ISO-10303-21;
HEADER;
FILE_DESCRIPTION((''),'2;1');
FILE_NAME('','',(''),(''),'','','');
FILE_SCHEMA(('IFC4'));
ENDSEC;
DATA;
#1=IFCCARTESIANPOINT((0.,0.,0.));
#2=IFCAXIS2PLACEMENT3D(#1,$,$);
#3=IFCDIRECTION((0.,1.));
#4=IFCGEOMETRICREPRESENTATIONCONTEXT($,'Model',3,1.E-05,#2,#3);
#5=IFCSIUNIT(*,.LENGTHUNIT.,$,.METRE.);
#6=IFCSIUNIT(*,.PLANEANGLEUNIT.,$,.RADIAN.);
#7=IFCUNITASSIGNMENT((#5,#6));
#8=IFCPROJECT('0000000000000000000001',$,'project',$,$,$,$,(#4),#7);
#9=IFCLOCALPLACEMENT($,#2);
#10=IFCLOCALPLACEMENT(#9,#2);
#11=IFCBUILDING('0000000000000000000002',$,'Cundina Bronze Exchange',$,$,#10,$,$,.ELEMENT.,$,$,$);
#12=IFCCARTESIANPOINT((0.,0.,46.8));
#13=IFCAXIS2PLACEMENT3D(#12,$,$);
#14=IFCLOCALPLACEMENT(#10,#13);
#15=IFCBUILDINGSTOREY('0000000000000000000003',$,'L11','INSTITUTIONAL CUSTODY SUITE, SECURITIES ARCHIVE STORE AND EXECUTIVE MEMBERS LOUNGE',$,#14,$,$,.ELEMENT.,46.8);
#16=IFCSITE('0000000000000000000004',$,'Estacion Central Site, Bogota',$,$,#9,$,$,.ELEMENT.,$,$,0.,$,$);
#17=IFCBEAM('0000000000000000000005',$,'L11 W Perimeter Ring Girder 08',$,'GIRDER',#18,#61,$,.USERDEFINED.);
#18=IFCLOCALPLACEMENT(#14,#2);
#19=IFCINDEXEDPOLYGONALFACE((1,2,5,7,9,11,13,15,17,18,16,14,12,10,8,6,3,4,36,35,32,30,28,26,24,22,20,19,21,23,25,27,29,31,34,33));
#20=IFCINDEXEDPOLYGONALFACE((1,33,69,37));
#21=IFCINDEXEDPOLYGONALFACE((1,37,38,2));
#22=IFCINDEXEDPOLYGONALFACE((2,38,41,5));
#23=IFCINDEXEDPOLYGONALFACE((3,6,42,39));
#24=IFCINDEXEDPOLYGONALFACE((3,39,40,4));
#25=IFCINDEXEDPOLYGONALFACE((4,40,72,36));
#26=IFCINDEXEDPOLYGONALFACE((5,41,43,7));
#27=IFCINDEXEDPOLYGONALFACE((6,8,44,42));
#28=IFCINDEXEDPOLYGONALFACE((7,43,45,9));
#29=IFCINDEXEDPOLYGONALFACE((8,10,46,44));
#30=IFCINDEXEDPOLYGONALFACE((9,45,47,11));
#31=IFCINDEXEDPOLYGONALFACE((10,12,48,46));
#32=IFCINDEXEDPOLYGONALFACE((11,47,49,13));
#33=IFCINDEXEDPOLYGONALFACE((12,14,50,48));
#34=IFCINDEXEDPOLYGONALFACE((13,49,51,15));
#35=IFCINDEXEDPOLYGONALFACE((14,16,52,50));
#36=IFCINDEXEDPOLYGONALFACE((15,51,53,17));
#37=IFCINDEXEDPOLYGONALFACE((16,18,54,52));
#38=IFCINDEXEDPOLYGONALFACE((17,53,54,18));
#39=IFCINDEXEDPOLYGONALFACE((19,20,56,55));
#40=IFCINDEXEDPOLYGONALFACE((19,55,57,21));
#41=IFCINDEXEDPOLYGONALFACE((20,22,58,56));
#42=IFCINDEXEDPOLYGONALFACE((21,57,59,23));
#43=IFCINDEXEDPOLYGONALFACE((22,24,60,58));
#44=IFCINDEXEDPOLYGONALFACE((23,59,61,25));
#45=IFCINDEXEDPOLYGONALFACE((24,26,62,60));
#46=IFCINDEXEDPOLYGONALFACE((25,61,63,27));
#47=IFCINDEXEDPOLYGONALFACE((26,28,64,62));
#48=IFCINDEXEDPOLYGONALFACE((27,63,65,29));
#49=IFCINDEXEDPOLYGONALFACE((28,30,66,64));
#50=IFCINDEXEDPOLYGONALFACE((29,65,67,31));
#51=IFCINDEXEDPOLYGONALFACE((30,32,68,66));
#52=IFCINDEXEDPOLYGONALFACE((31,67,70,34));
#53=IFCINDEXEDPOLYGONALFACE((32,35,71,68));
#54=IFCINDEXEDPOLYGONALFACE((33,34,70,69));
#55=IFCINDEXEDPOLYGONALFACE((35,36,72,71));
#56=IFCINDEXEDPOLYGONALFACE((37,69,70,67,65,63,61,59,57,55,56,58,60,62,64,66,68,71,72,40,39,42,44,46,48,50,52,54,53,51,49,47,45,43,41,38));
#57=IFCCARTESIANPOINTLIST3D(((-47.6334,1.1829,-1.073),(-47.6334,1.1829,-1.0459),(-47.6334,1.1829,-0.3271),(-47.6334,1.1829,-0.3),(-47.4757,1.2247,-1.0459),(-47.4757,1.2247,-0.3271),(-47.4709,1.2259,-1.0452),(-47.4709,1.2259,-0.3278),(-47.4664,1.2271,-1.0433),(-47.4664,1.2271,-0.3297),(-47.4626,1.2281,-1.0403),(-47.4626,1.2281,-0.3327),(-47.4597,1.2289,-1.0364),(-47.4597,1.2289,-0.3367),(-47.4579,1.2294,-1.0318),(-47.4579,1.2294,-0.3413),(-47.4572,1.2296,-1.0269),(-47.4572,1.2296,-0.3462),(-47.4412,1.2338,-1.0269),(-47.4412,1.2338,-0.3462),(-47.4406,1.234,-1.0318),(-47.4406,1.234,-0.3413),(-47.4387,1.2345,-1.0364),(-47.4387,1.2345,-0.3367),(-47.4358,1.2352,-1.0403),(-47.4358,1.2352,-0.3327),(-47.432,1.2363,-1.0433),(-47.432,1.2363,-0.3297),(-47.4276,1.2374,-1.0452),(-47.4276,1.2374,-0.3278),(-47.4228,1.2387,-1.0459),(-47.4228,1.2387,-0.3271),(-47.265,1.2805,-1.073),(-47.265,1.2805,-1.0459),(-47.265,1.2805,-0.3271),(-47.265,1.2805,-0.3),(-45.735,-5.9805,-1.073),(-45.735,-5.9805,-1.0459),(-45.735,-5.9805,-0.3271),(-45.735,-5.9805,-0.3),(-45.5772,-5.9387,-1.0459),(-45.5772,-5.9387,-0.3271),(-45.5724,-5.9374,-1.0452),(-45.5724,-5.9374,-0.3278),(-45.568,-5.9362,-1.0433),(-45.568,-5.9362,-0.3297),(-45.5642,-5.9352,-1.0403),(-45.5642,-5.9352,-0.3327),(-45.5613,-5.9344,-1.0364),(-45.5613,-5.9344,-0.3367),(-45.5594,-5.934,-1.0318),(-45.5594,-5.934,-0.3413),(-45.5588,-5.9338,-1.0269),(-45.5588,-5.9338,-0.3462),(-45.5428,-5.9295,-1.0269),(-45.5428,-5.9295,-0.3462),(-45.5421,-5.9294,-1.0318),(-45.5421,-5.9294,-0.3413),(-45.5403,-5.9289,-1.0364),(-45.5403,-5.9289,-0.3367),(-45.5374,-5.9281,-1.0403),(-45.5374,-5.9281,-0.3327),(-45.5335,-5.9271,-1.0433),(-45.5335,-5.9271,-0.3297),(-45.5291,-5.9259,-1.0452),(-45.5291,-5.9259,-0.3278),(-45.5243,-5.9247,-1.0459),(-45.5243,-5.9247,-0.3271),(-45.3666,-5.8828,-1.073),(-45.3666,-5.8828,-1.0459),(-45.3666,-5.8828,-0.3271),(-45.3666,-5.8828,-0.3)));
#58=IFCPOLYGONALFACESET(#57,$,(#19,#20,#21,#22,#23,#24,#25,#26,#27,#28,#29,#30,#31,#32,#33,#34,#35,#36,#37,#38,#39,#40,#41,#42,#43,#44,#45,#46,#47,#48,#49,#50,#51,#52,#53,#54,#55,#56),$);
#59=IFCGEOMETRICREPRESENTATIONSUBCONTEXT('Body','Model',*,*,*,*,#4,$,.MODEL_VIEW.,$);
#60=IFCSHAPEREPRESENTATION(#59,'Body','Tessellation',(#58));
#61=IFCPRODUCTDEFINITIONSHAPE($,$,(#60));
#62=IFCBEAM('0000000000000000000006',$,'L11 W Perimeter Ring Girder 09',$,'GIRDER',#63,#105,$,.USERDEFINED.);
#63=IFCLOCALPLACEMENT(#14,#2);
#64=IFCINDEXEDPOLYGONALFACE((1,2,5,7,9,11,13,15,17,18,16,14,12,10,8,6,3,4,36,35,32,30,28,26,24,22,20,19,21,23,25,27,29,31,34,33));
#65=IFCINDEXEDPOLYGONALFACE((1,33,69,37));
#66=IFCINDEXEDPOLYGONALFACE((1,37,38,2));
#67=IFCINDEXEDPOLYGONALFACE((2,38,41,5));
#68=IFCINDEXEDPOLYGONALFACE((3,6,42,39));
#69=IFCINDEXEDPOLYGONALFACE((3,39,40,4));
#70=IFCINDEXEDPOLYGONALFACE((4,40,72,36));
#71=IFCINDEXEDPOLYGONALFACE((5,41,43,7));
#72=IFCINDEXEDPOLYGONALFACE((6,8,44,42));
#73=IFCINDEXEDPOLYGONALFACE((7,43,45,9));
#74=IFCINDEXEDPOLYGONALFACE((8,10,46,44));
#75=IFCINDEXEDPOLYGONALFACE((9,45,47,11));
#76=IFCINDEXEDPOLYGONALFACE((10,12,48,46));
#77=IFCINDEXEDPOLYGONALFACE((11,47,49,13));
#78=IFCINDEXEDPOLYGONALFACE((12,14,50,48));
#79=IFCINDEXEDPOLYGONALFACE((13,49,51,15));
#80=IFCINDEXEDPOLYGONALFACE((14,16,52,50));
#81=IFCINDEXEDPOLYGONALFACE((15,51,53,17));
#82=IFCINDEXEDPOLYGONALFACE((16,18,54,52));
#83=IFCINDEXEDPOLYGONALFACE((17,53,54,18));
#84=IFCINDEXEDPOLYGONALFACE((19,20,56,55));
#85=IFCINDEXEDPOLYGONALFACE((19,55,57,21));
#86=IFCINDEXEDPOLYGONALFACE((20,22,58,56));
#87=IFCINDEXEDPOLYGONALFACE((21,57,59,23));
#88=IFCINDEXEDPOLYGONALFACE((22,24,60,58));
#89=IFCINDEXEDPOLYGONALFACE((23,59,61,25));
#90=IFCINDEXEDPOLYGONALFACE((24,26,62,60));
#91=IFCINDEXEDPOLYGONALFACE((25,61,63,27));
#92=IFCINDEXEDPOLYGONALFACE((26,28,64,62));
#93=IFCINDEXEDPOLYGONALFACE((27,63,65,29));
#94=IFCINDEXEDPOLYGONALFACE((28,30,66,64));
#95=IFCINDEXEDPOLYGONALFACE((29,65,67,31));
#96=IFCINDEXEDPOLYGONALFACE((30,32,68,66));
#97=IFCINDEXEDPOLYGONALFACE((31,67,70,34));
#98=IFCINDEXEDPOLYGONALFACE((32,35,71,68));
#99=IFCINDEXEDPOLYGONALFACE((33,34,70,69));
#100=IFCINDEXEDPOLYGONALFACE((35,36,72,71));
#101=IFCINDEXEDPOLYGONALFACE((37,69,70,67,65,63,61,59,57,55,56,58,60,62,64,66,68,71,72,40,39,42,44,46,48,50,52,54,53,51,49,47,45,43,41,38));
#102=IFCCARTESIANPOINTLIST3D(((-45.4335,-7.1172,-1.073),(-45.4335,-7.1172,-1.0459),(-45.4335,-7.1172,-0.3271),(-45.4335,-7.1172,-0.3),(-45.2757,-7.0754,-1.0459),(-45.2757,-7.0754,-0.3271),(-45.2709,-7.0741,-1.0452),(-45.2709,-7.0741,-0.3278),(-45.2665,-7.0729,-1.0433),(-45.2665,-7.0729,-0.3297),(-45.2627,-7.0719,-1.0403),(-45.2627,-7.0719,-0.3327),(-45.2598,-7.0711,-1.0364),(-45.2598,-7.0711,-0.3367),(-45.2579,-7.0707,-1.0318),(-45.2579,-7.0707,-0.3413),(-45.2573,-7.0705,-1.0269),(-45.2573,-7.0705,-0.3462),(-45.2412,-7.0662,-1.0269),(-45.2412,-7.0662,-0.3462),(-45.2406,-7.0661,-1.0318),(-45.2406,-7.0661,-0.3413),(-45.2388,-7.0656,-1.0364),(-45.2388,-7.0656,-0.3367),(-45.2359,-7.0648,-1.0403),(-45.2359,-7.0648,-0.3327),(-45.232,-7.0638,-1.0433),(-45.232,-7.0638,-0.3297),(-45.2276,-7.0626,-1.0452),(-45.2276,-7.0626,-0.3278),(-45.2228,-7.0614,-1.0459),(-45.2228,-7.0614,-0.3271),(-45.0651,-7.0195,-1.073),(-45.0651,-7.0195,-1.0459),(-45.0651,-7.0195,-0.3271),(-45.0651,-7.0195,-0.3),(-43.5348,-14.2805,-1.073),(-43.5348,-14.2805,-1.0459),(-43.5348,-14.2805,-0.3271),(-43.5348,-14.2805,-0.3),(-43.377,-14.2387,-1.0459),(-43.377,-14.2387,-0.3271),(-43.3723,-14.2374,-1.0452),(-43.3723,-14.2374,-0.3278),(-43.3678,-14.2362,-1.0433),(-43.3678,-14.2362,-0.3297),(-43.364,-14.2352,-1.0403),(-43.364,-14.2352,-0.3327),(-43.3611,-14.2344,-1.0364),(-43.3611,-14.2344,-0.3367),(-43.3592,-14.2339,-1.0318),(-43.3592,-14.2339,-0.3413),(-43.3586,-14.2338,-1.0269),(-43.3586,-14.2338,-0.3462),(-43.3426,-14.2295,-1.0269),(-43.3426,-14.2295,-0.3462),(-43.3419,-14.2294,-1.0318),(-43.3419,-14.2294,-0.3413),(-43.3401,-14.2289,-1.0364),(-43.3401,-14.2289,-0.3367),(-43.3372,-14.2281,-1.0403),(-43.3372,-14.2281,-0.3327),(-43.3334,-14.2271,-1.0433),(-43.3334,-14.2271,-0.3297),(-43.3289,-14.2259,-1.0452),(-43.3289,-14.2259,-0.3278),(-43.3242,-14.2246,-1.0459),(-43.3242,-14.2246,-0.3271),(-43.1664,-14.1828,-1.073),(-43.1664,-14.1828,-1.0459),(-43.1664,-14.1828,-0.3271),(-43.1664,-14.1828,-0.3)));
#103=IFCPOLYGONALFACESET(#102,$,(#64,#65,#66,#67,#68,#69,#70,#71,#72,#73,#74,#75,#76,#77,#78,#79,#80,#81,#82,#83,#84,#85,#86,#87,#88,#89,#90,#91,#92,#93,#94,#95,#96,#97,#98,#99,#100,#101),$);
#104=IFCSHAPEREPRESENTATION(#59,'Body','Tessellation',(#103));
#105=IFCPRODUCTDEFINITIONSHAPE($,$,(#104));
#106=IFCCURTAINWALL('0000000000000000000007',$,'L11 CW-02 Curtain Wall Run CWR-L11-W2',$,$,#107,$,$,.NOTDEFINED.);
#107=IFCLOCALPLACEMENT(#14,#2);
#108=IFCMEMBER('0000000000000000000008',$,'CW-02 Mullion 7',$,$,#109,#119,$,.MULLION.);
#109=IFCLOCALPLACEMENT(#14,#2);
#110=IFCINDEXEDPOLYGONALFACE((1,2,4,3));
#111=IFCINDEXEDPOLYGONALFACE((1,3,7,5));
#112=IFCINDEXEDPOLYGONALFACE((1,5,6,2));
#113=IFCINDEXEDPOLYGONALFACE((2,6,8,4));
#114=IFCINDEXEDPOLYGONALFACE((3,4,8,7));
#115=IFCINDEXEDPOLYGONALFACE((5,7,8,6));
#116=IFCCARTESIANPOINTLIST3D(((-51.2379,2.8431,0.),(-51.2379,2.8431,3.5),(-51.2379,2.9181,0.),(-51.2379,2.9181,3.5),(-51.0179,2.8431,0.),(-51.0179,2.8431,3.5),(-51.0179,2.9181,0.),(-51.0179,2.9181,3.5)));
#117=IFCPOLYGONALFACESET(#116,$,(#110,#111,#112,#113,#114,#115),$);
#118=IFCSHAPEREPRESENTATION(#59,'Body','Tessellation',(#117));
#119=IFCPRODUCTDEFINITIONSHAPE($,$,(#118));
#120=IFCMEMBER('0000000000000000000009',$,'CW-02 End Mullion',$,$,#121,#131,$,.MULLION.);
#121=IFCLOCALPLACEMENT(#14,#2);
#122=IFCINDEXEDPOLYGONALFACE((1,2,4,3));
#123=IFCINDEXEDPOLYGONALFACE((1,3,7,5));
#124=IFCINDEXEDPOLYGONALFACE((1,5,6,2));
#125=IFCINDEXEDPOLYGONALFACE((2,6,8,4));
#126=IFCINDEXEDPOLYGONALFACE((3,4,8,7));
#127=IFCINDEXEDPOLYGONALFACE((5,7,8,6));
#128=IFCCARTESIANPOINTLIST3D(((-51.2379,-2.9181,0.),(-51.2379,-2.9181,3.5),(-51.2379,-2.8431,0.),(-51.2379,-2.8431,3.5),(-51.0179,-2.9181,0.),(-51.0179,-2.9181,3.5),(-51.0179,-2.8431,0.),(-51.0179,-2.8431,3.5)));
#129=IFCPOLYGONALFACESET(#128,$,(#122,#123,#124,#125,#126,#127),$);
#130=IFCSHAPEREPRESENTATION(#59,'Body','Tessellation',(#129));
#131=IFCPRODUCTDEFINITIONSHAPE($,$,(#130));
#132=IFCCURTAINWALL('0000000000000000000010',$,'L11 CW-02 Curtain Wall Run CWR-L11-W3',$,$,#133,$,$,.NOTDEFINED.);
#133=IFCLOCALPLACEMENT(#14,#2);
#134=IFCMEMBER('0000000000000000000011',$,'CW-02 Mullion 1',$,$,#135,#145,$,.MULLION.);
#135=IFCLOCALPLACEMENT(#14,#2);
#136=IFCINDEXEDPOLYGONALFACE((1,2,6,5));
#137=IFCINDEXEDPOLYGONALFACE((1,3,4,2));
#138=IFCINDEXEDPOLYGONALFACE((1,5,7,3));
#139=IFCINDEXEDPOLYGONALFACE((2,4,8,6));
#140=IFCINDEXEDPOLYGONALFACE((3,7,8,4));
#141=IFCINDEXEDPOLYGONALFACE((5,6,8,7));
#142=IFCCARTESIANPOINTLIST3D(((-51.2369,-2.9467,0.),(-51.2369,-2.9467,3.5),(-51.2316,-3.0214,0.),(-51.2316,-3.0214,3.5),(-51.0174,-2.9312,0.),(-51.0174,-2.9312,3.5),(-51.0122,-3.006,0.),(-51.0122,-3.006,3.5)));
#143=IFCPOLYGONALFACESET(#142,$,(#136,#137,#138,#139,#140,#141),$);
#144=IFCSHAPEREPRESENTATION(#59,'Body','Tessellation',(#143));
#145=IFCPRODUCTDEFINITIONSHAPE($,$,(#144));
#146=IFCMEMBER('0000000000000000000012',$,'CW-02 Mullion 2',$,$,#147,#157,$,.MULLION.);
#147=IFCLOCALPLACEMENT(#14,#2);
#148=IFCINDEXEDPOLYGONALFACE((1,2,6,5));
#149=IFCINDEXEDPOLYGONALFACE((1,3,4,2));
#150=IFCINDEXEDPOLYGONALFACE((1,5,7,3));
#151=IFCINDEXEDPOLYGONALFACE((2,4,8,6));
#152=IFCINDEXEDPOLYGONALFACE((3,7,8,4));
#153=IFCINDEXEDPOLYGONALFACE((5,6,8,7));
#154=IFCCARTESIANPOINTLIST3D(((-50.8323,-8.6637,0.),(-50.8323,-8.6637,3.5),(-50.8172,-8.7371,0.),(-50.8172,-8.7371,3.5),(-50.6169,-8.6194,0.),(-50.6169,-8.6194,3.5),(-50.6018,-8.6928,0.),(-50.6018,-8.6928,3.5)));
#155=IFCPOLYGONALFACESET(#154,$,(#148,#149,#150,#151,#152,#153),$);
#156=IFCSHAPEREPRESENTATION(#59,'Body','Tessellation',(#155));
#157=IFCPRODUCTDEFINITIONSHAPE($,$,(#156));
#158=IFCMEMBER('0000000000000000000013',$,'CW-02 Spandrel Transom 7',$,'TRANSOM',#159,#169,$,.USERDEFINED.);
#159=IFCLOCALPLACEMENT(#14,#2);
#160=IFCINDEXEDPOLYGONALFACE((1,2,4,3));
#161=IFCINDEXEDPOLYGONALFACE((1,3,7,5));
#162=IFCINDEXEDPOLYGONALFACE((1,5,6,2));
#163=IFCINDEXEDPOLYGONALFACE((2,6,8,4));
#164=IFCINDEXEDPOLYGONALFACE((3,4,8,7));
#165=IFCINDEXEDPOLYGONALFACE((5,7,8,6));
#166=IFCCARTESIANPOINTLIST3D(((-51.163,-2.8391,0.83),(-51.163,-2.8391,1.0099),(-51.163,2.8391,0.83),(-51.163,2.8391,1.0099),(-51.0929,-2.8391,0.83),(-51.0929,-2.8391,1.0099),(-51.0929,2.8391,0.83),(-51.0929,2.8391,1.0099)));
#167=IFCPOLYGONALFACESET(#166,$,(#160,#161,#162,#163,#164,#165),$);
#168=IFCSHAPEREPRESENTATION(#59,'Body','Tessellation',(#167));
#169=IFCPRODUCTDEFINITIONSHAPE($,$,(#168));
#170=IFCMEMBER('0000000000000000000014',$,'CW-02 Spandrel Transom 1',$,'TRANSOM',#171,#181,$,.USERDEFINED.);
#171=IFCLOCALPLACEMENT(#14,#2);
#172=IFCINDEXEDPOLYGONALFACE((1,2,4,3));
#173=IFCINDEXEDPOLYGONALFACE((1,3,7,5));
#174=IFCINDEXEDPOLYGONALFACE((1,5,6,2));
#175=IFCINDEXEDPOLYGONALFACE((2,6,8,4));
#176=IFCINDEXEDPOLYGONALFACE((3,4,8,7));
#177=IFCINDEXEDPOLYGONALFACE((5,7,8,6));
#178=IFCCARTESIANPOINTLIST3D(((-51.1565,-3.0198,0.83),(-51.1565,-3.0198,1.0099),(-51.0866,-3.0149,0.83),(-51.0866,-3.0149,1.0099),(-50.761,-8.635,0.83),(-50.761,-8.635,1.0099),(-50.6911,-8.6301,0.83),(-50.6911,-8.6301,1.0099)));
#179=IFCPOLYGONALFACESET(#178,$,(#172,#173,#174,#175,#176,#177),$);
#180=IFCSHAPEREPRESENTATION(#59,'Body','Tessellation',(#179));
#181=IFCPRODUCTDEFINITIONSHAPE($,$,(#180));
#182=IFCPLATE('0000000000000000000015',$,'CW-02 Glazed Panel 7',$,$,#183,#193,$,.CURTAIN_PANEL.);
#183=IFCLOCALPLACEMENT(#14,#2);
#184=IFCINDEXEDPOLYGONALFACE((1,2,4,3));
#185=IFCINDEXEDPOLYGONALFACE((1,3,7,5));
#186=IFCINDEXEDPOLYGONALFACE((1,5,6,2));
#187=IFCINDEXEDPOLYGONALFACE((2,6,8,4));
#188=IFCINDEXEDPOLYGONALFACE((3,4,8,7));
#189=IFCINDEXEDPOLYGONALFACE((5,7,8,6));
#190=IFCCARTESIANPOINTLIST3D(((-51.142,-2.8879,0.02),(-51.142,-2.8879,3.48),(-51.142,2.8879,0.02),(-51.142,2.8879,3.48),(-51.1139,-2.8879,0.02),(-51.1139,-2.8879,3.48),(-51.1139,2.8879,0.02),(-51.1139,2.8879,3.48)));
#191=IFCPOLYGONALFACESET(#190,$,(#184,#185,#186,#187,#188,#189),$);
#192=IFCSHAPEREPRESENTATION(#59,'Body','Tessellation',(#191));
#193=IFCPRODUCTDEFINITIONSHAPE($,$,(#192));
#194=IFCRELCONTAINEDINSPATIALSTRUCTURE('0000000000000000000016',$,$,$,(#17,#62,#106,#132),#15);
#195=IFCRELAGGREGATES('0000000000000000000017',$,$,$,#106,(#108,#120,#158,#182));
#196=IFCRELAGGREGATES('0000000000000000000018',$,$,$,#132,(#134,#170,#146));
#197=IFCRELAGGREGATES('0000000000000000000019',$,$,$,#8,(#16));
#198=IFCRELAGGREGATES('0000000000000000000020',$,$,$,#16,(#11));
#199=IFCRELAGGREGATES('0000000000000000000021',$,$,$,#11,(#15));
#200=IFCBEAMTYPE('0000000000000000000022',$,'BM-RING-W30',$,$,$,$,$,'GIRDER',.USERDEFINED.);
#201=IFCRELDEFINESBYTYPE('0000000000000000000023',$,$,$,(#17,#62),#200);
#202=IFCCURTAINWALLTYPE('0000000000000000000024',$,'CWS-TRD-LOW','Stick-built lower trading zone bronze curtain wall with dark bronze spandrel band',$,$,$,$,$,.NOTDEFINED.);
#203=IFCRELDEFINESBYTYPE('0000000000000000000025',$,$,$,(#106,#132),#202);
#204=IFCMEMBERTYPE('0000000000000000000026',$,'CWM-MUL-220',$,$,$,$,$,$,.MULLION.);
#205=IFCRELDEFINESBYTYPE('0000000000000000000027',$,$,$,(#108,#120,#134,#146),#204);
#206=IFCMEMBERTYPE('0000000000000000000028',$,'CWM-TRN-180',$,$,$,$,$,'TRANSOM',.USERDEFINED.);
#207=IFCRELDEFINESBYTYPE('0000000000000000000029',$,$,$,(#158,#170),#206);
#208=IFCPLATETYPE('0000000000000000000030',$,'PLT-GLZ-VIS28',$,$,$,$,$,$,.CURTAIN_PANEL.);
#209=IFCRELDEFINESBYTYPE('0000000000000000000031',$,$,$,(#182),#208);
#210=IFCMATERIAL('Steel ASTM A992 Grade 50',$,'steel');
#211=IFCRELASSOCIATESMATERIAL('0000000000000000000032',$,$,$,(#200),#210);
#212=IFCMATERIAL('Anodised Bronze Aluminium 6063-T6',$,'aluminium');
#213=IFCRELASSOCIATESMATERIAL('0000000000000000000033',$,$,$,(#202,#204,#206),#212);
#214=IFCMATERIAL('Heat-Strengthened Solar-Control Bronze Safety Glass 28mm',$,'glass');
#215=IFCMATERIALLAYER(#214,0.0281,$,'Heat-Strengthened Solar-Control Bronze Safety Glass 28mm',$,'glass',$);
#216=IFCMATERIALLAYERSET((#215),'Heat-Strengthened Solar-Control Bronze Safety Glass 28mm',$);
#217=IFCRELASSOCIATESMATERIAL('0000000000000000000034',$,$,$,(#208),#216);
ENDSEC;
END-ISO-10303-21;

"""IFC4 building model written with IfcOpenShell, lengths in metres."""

from ifc_helpers import new_model, si_unit, direction, frame, origin, origin_2d, place, context, subcontext, project, spatial, rectangle, i_section, extrude, material, layer, layer_set, material_profile, profile_set, type_object, element, aggregate, save


model = new_model("IFC4")

# Units and contexts
model_context = context("Model", 3, precision=1e-05, world=origin(), true_north=direction((0.0, 1.0)))
body_context = subcontext(model_context, "Body", "Model", "MODEL_VIEW")
ifc_project = project(units=[si_unit("LENGTHUNIT", "METRE"), si_unit("PLANEANGLEUNIT", "RADIAN")], contexts=[model_context])

# Site, building, storey
site_placement = place(None, origin())
site = spatial("IfcSite", under=ifc_project, at=site_placement, Name="Estacion Central Site, Bogota", CompositionType="ELEMENT", RefElevation=0.0)
building_placement = place(site_placement, origin())
building = spatial("IfcBuilding", under=site, at=building_placement, Name="Cundina Bronze Exchange", CompositionType="ELEMENT")
storey_placement = place(building_placement, frame((0.0, 0.0, 46.8)))
storey = spatial("IfcBuildingStorey", under=building, at=storey_placement, Name="L11", Description="INSTITUTIONAL CUSTODY SUITE, SECURITIES ARCHIVE STORE AND EXECUTIVE MEMBERS LOUNGE", CompositionType="ELEMENT", Elevation=46.8)

# Beams
ifc_material_1 = material(Name="Steel ASTM A992 Grade 50", Category="steel")
ifc_material_profile_1 = material_profile(ifc_material_1, i_section(OverallWidth=0.3811, OverallDepth=0.7729, WebThickness=0.0166, FlangeThickness=0.0271, FilletRadius=0.019, at=origin_2d()), Name="W30X173", Category="steel")
ifc_profile_set_1 = profile_set([ifc_material_profile_1], Name="Steel ASTM A992 Grade 50")
beam_type_1 = type_object("IfcBeamType", Name="BM-RING-W30", ElementType="GIRDER", PredefinedType="USERDEFINED", material=ifc_profile_set_1)
for number, where, z_axis, x_axis, name in (
    (1, (-47.4492, 1.2317, -0.6865), (0.256178, -0.96663, 0.0), (0.96663, 0.256178, 0.0), "L11 W Perimeter Ring Girder 08"),
    (2, (-45.2493, -7.0684, -0.6865), (0.256209, -0.966622, 0.0), (0.966622, 0.256209, 0.0), "L11 W Perimeter Ring Girder 09"),
):
    element("IfcBeam", number, at=place(storey_placement, frame(where, z_axis=z_axis, x_axis=x_axis)), inside=storey, type_object=beam_type_1, Name=name, ObjectType="GIRDER", PredefinedType="USERDEFINED", context=body_context, shape_type="SweptSolid", body=[
        extrude(i_section(OverallWidth=0.3811, OverallDepth=0.7729, WebThickness=0.0166, FlangeThickness=0.0271, FilletRadius=0.019, at=origin_2d()), origin(), (0.0, 0.0, 1.0), 7.4106),
    ])

# Curtain walls, members
ifc_material_2 = material(Name="Anodised Bronze Aluminium 6063-T6", Category="aluminium")
curtain_wall_type = type_object("IfcCurtainWallType", Name="CWS-TRD-LOW", Description="Stick-built lower trading zone bronze curtain wall with dark bronze spandrel band", PredefinedType="NOTDEFINED", material=ifc_material_2)
curtain_wall_1_placement = place(storey_placement, origin())
curtain_wall_1 = element("IfcCurtainWall", 3, at=curtain_wall_1_placement, inside=storey, type_object=curtain_wall_type, Name="L11 CW-02 Curtain Wall Run CWR-L11-W2", PredefinedType="NOTDEFINED")
ifc_material_profile_2 = material_profile(ifc_material_2, rectangle(XDim=0.075, YDim=0.22, at=origin_2d()), Name="AL75X220", Category="aluminium")
ifc_profile_set_2 = profile_set([ifc_material_profile_2], Name="Anodised Bronze Aluminium 6063-T6")
member_type_1 = type_object("IfcMemberType", Name="CWM-MUL-220", PredefinedType="MULLION", material=ifc_profile_set_2)
member_1_placement = place(storey_placement, frame((-51.1279, 2.8806, 0.0), z_axis=(0.0, 0.0, 1.0), x_axis=(0.0, -1.0, 0.0)))
member_1 = element("IfcMember", 4, at=member_1_placement, type_object=member_type_1, Name="CW-02 Mullion 7", PredefinedType="MULLION", context=body_context, shape_type="SweptSolid", body=[
    extrude(rectangle(XDim=0.075, YDim=0.22, at=origin_2d()), origin(), (0.0, 0.0, 1.0), 3.5),
])
member_2_placement = place(storey_placement, frame((-51.1279, -2.8806, 0.0), z_axis=(0.0, 0.0, 1.0), x_axis=(0.0, -1.0, 0.0)))
member_2 = element("IfcMember", 5, at=member_2_placement, type_object=member_type_1, Name="CW-02 End Mullion", PredefinedType="MULLION", context=body_context, shape_type="SweptSolid", body=[
    extrude(rectangle(XDim=0.075, YDim=0.22, at=origin_2d()), origin(), (0.0, 0.0, 1.0), 3.5),
])
curtain_wall_2_placement = place(storey_placement, origin())
curtain_wall_2 = element("IfcCurtainWall", 6, at=curtain_wall_2_placement, inside=storey, type_object=curtain_wall_type, Name="L11 CW-02 Curtain Wall Run CWR-L11-W3", PredefinedType="NOTDEFINED")
member_3_placement = place(storey_placement, frame((-51.1245, -2.9763, 0.0), z_axis=(0.0, 0.0, 1.0), x_axis=(0.070279, -0.997527, 0.0)))
member_3 = element("IfcMember", 7, at=member_3_placement, type_object=member_type_1, Name="CW-02 Mullion 1", PredefinedType="MULLION", context=body_context, shape_type="SweptSolid", body=[
    extrude(rectangle(XDim=0.075, YDim=0.22, at=origin_2d()), origin(), (0.0, 0.0, 1.0), 3.5),
])
member_4_placement = place(storey_placement, frame((-50.717, -8.6782, 0.0), z_axis=(0.0, 0.0, 1.0), x_axis=(0.20142, -0.979505, 0.0)))
member_4 = element("IfcMember", 8, at=member_4_placement, type_object=member_type_1, Name="CW-02 Mullion 2", PredefinedType="MULLION", context=body_context, shape_type="SweptSolid", body=[
    extrude(rectangle(XDim=0.075, YDim=0.22, at=origin_2d()), origin(), (0.0, 0.0, 1.0), 3.5),
])

# Members
ifc_material_profile_3 = material_profile(ifc_material_2, rectangle(XDim=0.0701, YDim=0.1799, at=origin_2d()), Name="AL70X180", Category="aluminium")
ifc_profile_set_3 = profile_set([ifc_material_profile_3], Name="Anodised Bronze Aluminium 6063-T6")
member_type_2 = type_object("IfcMemberType", Name="CWM-TRN-180", ElementType="TRANSOM", PredefinedType="USERDEFINED", material=ifc_profile_set_3)
member_5_placement = place(storey_placement, frame((-51.1279, 2.8391, 0.9199), z_axis=(0.0, -1.0, 0.0), x_axis=(1.0, 0.0, 0.0)))
member_5 = element("IfcMember", 9, at=member_5_placement, type_object=member_type_2, Name="CW-02 Spandrel Transom 7", ObjectType="TRANSOM", PredefinedType="USERDEFINED", context=body_context, shape_type="SweptSolid", body=[
    extrude(rectangle(XDim=0.0701, YDim=0.1799, at=origin_2d()), origin(), (0.0, 0.0, 1.0), 5.6782),
])
member_6_placement = place(storey_placement, frame((-51.1216, -3.0173, 0.9199), z_axis=(0.070261, -0.997529, 0.0), x_axis=(0.997529, 0.070261, 0.0)))
member_6 = element("IfcMember", 10, at=member_6_placement, type_object=member_type_2, Name="CW-02 Spandrel Transom 1", ObjectType="TRANSOM", PredefinedType="USERDEFINED", context=body_context, shape_type="SweptSolid", body=[
    extrude(rectangle(XDim=0.0701, YDim=0.1799, at=origin_2d()), origin(), (0.0, 0.0, 1.0), 5.6292),
])

# Plate
ifc_material_3 = material(Name="Heat-Strengthened Solar-Control Bronze Safety Glass 28mm", Category="glass")
ifc_layer_1 = layer(ifc_material_3, 0.0281, Name="Heat-Strengthened Solar-Control Bronze Safety Glass 28mm", Category="glass")
ifc_layer_set_1 = layer_set([ifc_layer_1], Name="Heat-Strengthened Solar-Control Bronze Safety Glass 28mm")
plate_type = type_object("IfcPlateType", Name="PLT-GLZ-VIS28", PredefinedType="CURTAIN_PANEL", material=ifc_layer_set_1)
plate_1_placement = place(storey_placement, frame((-51.1279, 0.0, 0.02), z_axis=(0.0, 0.0, 1.0), x_axis=(0.0, -1.0, 0.0)))
plate_1 = element("IfcPlate", 11, at=plate_1_placement, type_object=plate_type, Name="CW-02 Glazed Panel 7", PredefinedType="CURTAIN_PANEL", context=body_context, shape_type="SweptSolid", body=[
    extrude(rectangle(XDim=5.7759, YDim=0.0281, at=origin_2d()), origin(), (0.0, 0.0, 1.0), 3.46),
])
aggregate(curtain_wall_1, [member_1, member_2, member_5, plate_1])
aggregate(curtain_wall_2, [member_3, member_6, member_4])

save(model, "model.ifc")
